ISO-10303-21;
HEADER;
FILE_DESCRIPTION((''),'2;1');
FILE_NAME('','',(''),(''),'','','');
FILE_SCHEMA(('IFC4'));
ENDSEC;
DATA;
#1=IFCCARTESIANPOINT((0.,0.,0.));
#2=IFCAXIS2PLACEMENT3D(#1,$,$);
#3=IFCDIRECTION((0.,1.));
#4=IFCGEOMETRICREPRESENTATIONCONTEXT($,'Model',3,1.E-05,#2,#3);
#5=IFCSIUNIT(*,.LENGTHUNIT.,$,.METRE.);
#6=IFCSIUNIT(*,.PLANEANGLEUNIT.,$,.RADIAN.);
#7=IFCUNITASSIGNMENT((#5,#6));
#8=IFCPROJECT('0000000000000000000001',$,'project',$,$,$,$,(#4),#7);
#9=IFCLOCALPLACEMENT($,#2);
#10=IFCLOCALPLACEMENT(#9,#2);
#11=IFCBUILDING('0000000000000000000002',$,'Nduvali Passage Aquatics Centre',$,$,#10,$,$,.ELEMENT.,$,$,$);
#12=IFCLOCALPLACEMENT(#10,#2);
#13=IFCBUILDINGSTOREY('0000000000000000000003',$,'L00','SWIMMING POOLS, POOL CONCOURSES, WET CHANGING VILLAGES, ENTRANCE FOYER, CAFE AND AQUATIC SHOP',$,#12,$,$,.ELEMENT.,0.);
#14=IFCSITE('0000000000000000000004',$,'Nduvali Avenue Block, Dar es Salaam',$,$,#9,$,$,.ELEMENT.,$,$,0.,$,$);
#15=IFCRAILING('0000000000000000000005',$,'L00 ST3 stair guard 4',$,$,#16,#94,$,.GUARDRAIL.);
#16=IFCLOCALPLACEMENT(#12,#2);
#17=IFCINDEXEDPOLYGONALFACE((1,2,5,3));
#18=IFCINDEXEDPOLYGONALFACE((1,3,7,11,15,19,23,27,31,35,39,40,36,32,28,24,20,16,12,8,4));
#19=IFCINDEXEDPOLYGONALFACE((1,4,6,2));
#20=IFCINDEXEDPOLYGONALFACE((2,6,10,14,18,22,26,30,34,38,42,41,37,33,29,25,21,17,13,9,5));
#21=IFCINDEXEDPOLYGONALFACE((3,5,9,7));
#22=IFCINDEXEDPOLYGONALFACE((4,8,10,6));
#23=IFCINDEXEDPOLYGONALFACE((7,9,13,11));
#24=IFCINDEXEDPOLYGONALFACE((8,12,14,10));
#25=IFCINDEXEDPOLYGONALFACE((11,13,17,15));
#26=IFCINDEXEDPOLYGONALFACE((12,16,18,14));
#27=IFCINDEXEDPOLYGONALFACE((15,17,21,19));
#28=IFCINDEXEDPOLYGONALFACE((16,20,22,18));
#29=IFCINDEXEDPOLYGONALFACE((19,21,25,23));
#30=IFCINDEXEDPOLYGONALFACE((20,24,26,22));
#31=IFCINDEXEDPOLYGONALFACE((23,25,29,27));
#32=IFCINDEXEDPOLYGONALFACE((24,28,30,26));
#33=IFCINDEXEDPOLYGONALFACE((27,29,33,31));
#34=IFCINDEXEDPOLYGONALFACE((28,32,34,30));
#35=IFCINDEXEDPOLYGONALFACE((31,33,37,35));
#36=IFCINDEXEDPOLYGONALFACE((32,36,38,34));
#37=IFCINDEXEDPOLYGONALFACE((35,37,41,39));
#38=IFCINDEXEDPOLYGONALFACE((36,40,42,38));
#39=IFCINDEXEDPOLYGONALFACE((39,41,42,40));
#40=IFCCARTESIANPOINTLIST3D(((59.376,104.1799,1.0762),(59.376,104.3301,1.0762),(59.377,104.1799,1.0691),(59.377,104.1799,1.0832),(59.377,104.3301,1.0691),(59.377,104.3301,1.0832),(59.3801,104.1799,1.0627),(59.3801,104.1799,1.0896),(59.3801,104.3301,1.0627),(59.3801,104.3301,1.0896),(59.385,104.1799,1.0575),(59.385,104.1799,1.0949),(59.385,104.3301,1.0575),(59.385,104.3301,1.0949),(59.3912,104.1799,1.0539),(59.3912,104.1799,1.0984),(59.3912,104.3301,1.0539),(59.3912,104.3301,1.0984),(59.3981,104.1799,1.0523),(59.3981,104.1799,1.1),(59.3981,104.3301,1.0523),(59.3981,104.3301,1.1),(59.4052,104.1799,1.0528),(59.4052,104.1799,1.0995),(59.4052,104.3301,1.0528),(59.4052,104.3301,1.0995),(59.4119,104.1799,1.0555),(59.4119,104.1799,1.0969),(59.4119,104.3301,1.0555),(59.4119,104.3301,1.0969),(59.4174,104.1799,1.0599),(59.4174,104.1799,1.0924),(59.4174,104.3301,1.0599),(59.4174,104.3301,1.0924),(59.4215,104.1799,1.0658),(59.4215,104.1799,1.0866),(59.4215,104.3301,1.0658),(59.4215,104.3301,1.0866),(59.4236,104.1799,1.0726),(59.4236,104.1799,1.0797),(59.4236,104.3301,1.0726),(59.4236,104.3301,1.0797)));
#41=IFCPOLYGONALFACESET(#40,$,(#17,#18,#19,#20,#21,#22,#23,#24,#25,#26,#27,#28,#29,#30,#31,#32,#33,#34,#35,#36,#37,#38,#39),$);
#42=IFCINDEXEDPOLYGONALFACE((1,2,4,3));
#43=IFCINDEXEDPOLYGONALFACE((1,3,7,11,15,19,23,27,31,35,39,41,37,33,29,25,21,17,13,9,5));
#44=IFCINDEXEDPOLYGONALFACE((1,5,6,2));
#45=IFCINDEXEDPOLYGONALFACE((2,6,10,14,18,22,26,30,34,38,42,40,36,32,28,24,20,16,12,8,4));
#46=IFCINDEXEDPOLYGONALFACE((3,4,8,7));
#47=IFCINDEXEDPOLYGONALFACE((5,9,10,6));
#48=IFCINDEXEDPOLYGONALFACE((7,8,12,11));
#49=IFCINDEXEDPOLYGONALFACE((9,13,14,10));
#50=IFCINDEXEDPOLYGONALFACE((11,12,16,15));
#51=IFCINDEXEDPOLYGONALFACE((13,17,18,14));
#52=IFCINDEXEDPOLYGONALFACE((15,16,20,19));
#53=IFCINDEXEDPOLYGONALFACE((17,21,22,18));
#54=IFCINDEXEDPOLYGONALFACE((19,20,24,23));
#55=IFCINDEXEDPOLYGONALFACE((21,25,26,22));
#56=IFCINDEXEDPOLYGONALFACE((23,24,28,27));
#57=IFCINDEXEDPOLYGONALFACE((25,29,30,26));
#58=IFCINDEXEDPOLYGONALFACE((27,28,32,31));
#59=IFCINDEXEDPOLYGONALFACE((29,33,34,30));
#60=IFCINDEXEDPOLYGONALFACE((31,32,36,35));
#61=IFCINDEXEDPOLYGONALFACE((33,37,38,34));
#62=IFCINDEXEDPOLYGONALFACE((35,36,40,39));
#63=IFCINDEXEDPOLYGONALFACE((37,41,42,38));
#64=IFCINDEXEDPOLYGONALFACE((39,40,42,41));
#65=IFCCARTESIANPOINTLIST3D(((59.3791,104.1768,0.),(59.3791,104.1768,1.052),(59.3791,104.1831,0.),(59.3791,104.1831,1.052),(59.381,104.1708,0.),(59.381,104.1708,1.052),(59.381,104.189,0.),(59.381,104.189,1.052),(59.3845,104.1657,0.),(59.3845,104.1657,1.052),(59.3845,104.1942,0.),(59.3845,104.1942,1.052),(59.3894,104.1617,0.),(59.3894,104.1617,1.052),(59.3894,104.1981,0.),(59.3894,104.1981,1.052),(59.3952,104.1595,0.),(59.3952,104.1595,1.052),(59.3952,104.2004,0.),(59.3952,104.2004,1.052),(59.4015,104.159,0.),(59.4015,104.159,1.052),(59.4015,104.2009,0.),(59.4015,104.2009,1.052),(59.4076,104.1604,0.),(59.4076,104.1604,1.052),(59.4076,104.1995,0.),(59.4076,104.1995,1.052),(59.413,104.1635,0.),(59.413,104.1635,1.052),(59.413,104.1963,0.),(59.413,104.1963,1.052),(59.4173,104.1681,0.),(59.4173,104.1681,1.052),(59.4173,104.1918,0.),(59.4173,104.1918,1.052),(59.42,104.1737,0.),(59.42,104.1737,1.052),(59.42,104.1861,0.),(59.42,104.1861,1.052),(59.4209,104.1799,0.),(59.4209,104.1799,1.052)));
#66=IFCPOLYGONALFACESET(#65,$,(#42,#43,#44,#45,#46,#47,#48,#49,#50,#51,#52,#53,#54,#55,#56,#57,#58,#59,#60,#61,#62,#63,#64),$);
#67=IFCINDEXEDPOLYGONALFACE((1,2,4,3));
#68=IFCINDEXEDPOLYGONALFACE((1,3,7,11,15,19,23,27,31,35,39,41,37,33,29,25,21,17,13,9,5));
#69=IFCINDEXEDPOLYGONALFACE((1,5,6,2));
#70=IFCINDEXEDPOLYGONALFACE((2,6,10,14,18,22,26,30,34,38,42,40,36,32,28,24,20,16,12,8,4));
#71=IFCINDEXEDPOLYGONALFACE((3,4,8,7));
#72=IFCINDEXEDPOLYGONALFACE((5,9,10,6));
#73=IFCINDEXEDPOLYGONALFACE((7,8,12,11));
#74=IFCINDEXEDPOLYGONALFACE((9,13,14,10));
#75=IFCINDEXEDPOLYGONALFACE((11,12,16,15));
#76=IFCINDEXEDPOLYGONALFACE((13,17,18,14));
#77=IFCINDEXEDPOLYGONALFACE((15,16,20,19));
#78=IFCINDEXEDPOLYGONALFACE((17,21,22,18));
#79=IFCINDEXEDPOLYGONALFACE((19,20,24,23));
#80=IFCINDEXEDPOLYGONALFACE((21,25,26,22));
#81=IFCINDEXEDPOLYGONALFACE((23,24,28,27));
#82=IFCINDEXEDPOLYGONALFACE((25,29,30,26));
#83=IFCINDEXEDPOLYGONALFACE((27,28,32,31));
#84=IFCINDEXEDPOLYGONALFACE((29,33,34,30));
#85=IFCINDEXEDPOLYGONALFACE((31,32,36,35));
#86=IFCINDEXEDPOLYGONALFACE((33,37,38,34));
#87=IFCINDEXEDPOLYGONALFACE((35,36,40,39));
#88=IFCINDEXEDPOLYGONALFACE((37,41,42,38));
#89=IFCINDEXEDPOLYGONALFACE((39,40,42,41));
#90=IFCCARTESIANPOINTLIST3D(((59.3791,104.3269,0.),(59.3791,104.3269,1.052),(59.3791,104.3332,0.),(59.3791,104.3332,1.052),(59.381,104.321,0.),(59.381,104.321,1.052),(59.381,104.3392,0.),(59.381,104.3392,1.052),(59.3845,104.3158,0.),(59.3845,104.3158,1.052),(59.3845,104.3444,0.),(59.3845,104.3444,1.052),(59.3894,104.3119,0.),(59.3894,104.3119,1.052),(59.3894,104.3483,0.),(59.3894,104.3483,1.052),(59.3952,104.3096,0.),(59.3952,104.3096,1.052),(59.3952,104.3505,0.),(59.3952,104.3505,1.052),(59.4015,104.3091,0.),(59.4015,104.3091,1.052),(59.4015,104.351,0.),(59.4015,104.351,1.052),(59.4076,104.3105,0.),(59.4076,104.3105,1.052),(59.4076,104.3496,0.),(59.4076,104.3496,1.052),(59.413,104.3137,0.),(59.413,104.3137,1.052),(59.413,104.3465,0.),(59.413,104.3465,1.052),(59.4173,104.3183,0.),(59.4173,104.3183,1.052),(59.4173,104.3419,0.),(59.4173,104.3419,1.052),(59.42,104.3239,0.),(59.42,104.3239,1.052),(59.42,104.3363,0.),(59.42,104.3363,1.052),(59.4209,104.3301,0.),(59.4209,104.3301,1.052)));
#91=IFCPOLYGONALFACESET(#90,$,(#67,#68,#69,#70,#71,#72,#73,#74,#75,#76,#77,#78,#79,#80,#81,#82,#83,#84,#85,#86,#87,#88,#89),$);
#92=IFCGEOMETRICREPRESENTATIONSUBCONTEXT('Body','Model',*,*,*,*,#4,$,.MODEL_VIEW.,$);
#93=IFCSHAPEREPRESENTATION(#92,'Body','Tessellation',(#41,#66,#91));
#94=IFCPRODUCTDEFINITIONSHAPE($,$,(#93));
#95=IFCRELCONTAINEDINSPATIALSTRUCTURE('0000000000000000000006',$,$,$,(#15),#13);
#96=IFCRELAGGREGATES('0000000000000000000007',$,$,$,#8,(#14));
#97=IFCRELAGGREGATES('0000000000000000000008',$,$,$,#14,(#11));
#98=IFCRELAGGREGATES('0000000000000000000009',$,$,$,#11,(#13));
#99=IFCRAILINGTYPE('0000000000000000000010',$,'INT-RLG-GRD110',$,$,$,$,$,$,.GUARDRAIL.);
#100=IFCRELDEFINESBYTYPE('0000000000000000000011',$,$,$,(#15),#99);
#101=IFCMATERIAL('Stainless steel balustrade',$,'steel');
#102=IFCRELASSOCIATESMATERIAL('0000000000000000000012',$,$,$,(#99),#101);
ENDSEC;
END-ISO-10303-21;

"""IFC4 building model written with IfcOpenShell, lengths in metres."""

from ifc_helpers import new_model, si_unit, direction, frame, origin, origin_2d, place, context, subcontext, project, spatial, circle, extrude, material, type_object, element, save


model = new_model("IFC4")

# Units and contexts
model_context = context("Model", 3, precision=1e-05, world=origin(), true_north=direction((0.0, 1.0)))
body_context = subcontext(model_context, "Body", "Model", "MODEL_VIEW")
ifc_project = project(units=[si_unit("LENGTHUNIT", "METRE"), si_unit("PLANEANGLEUNIT", "RADIAN")], contexts=[model_context])

# Site, building, storey
site_placement = place(None, origin())
site = spatial("IfcSite", under=ifc_project, at=site_placement, Name="Nduvali Avenue Block, Dar es Salaam", CompositionType="ELEMENT", RefElevation=0.0)
building_placement = place(site_placement, origin())
building = spatial("IfcBuilding", under=site, at=building_placement, Name="Nduvali Passage Aquatics Centre", CompositionType="ELEMENT")
storey_placement = place(building_placement, origin())
storey = spatial("IfcBuildingStorey", under=building, at=storey_placement, Name="L00", Description="SWIMMING POOLS, POOL CONCOURSES, WET CHANGING VILLAGES, ENTRANCE FOYER, CAFE AND AQUATIC SHOP", CompositionType="ELEMENT", Elevation=0.0)

# Railing
ifc_material_1 = material(Name="Stainless steel balustrade", Category="steel")
railing_type_1 = type_object("IfcRailingType", Name="INT-RLG-GRD110", PredefinedType="GUARDRAIL", material=ifc_material_1)
railing_1_placement = place(storey_placement, frame((59.3999, 104.1799, 0.0)))
element("IfcRailing", 1, at=railing_1_placement, inside=storey, type_object=railing_type_1, Name="L00 ST3 stair guard 4", PredefinedType="GUARDRAIL", context=body_context, shape_type="SweptSolid", body=[
    extrude(circle(Radius=0.0239, at=origin_2d()), frame((0.0, 0.0, 1.0762), z_axis=(0.0, 1.0, 0.0), x_axis=(-1.0, 0.0, 0.0)), (0.0, 0.0, 1.0), 0.1501),
    extrude(circle(Radius=0.021, at=origin_2d()), origin(), (0.0, 0.0, 1.0), 1.052),
    extrude(circle(Radius=0.021, at=origin_2d()), frame((0.0, 0.1501, 0.0)), (0.0, 0.0, 1.0), 1.052),
])

save(model, "model.ifc")
